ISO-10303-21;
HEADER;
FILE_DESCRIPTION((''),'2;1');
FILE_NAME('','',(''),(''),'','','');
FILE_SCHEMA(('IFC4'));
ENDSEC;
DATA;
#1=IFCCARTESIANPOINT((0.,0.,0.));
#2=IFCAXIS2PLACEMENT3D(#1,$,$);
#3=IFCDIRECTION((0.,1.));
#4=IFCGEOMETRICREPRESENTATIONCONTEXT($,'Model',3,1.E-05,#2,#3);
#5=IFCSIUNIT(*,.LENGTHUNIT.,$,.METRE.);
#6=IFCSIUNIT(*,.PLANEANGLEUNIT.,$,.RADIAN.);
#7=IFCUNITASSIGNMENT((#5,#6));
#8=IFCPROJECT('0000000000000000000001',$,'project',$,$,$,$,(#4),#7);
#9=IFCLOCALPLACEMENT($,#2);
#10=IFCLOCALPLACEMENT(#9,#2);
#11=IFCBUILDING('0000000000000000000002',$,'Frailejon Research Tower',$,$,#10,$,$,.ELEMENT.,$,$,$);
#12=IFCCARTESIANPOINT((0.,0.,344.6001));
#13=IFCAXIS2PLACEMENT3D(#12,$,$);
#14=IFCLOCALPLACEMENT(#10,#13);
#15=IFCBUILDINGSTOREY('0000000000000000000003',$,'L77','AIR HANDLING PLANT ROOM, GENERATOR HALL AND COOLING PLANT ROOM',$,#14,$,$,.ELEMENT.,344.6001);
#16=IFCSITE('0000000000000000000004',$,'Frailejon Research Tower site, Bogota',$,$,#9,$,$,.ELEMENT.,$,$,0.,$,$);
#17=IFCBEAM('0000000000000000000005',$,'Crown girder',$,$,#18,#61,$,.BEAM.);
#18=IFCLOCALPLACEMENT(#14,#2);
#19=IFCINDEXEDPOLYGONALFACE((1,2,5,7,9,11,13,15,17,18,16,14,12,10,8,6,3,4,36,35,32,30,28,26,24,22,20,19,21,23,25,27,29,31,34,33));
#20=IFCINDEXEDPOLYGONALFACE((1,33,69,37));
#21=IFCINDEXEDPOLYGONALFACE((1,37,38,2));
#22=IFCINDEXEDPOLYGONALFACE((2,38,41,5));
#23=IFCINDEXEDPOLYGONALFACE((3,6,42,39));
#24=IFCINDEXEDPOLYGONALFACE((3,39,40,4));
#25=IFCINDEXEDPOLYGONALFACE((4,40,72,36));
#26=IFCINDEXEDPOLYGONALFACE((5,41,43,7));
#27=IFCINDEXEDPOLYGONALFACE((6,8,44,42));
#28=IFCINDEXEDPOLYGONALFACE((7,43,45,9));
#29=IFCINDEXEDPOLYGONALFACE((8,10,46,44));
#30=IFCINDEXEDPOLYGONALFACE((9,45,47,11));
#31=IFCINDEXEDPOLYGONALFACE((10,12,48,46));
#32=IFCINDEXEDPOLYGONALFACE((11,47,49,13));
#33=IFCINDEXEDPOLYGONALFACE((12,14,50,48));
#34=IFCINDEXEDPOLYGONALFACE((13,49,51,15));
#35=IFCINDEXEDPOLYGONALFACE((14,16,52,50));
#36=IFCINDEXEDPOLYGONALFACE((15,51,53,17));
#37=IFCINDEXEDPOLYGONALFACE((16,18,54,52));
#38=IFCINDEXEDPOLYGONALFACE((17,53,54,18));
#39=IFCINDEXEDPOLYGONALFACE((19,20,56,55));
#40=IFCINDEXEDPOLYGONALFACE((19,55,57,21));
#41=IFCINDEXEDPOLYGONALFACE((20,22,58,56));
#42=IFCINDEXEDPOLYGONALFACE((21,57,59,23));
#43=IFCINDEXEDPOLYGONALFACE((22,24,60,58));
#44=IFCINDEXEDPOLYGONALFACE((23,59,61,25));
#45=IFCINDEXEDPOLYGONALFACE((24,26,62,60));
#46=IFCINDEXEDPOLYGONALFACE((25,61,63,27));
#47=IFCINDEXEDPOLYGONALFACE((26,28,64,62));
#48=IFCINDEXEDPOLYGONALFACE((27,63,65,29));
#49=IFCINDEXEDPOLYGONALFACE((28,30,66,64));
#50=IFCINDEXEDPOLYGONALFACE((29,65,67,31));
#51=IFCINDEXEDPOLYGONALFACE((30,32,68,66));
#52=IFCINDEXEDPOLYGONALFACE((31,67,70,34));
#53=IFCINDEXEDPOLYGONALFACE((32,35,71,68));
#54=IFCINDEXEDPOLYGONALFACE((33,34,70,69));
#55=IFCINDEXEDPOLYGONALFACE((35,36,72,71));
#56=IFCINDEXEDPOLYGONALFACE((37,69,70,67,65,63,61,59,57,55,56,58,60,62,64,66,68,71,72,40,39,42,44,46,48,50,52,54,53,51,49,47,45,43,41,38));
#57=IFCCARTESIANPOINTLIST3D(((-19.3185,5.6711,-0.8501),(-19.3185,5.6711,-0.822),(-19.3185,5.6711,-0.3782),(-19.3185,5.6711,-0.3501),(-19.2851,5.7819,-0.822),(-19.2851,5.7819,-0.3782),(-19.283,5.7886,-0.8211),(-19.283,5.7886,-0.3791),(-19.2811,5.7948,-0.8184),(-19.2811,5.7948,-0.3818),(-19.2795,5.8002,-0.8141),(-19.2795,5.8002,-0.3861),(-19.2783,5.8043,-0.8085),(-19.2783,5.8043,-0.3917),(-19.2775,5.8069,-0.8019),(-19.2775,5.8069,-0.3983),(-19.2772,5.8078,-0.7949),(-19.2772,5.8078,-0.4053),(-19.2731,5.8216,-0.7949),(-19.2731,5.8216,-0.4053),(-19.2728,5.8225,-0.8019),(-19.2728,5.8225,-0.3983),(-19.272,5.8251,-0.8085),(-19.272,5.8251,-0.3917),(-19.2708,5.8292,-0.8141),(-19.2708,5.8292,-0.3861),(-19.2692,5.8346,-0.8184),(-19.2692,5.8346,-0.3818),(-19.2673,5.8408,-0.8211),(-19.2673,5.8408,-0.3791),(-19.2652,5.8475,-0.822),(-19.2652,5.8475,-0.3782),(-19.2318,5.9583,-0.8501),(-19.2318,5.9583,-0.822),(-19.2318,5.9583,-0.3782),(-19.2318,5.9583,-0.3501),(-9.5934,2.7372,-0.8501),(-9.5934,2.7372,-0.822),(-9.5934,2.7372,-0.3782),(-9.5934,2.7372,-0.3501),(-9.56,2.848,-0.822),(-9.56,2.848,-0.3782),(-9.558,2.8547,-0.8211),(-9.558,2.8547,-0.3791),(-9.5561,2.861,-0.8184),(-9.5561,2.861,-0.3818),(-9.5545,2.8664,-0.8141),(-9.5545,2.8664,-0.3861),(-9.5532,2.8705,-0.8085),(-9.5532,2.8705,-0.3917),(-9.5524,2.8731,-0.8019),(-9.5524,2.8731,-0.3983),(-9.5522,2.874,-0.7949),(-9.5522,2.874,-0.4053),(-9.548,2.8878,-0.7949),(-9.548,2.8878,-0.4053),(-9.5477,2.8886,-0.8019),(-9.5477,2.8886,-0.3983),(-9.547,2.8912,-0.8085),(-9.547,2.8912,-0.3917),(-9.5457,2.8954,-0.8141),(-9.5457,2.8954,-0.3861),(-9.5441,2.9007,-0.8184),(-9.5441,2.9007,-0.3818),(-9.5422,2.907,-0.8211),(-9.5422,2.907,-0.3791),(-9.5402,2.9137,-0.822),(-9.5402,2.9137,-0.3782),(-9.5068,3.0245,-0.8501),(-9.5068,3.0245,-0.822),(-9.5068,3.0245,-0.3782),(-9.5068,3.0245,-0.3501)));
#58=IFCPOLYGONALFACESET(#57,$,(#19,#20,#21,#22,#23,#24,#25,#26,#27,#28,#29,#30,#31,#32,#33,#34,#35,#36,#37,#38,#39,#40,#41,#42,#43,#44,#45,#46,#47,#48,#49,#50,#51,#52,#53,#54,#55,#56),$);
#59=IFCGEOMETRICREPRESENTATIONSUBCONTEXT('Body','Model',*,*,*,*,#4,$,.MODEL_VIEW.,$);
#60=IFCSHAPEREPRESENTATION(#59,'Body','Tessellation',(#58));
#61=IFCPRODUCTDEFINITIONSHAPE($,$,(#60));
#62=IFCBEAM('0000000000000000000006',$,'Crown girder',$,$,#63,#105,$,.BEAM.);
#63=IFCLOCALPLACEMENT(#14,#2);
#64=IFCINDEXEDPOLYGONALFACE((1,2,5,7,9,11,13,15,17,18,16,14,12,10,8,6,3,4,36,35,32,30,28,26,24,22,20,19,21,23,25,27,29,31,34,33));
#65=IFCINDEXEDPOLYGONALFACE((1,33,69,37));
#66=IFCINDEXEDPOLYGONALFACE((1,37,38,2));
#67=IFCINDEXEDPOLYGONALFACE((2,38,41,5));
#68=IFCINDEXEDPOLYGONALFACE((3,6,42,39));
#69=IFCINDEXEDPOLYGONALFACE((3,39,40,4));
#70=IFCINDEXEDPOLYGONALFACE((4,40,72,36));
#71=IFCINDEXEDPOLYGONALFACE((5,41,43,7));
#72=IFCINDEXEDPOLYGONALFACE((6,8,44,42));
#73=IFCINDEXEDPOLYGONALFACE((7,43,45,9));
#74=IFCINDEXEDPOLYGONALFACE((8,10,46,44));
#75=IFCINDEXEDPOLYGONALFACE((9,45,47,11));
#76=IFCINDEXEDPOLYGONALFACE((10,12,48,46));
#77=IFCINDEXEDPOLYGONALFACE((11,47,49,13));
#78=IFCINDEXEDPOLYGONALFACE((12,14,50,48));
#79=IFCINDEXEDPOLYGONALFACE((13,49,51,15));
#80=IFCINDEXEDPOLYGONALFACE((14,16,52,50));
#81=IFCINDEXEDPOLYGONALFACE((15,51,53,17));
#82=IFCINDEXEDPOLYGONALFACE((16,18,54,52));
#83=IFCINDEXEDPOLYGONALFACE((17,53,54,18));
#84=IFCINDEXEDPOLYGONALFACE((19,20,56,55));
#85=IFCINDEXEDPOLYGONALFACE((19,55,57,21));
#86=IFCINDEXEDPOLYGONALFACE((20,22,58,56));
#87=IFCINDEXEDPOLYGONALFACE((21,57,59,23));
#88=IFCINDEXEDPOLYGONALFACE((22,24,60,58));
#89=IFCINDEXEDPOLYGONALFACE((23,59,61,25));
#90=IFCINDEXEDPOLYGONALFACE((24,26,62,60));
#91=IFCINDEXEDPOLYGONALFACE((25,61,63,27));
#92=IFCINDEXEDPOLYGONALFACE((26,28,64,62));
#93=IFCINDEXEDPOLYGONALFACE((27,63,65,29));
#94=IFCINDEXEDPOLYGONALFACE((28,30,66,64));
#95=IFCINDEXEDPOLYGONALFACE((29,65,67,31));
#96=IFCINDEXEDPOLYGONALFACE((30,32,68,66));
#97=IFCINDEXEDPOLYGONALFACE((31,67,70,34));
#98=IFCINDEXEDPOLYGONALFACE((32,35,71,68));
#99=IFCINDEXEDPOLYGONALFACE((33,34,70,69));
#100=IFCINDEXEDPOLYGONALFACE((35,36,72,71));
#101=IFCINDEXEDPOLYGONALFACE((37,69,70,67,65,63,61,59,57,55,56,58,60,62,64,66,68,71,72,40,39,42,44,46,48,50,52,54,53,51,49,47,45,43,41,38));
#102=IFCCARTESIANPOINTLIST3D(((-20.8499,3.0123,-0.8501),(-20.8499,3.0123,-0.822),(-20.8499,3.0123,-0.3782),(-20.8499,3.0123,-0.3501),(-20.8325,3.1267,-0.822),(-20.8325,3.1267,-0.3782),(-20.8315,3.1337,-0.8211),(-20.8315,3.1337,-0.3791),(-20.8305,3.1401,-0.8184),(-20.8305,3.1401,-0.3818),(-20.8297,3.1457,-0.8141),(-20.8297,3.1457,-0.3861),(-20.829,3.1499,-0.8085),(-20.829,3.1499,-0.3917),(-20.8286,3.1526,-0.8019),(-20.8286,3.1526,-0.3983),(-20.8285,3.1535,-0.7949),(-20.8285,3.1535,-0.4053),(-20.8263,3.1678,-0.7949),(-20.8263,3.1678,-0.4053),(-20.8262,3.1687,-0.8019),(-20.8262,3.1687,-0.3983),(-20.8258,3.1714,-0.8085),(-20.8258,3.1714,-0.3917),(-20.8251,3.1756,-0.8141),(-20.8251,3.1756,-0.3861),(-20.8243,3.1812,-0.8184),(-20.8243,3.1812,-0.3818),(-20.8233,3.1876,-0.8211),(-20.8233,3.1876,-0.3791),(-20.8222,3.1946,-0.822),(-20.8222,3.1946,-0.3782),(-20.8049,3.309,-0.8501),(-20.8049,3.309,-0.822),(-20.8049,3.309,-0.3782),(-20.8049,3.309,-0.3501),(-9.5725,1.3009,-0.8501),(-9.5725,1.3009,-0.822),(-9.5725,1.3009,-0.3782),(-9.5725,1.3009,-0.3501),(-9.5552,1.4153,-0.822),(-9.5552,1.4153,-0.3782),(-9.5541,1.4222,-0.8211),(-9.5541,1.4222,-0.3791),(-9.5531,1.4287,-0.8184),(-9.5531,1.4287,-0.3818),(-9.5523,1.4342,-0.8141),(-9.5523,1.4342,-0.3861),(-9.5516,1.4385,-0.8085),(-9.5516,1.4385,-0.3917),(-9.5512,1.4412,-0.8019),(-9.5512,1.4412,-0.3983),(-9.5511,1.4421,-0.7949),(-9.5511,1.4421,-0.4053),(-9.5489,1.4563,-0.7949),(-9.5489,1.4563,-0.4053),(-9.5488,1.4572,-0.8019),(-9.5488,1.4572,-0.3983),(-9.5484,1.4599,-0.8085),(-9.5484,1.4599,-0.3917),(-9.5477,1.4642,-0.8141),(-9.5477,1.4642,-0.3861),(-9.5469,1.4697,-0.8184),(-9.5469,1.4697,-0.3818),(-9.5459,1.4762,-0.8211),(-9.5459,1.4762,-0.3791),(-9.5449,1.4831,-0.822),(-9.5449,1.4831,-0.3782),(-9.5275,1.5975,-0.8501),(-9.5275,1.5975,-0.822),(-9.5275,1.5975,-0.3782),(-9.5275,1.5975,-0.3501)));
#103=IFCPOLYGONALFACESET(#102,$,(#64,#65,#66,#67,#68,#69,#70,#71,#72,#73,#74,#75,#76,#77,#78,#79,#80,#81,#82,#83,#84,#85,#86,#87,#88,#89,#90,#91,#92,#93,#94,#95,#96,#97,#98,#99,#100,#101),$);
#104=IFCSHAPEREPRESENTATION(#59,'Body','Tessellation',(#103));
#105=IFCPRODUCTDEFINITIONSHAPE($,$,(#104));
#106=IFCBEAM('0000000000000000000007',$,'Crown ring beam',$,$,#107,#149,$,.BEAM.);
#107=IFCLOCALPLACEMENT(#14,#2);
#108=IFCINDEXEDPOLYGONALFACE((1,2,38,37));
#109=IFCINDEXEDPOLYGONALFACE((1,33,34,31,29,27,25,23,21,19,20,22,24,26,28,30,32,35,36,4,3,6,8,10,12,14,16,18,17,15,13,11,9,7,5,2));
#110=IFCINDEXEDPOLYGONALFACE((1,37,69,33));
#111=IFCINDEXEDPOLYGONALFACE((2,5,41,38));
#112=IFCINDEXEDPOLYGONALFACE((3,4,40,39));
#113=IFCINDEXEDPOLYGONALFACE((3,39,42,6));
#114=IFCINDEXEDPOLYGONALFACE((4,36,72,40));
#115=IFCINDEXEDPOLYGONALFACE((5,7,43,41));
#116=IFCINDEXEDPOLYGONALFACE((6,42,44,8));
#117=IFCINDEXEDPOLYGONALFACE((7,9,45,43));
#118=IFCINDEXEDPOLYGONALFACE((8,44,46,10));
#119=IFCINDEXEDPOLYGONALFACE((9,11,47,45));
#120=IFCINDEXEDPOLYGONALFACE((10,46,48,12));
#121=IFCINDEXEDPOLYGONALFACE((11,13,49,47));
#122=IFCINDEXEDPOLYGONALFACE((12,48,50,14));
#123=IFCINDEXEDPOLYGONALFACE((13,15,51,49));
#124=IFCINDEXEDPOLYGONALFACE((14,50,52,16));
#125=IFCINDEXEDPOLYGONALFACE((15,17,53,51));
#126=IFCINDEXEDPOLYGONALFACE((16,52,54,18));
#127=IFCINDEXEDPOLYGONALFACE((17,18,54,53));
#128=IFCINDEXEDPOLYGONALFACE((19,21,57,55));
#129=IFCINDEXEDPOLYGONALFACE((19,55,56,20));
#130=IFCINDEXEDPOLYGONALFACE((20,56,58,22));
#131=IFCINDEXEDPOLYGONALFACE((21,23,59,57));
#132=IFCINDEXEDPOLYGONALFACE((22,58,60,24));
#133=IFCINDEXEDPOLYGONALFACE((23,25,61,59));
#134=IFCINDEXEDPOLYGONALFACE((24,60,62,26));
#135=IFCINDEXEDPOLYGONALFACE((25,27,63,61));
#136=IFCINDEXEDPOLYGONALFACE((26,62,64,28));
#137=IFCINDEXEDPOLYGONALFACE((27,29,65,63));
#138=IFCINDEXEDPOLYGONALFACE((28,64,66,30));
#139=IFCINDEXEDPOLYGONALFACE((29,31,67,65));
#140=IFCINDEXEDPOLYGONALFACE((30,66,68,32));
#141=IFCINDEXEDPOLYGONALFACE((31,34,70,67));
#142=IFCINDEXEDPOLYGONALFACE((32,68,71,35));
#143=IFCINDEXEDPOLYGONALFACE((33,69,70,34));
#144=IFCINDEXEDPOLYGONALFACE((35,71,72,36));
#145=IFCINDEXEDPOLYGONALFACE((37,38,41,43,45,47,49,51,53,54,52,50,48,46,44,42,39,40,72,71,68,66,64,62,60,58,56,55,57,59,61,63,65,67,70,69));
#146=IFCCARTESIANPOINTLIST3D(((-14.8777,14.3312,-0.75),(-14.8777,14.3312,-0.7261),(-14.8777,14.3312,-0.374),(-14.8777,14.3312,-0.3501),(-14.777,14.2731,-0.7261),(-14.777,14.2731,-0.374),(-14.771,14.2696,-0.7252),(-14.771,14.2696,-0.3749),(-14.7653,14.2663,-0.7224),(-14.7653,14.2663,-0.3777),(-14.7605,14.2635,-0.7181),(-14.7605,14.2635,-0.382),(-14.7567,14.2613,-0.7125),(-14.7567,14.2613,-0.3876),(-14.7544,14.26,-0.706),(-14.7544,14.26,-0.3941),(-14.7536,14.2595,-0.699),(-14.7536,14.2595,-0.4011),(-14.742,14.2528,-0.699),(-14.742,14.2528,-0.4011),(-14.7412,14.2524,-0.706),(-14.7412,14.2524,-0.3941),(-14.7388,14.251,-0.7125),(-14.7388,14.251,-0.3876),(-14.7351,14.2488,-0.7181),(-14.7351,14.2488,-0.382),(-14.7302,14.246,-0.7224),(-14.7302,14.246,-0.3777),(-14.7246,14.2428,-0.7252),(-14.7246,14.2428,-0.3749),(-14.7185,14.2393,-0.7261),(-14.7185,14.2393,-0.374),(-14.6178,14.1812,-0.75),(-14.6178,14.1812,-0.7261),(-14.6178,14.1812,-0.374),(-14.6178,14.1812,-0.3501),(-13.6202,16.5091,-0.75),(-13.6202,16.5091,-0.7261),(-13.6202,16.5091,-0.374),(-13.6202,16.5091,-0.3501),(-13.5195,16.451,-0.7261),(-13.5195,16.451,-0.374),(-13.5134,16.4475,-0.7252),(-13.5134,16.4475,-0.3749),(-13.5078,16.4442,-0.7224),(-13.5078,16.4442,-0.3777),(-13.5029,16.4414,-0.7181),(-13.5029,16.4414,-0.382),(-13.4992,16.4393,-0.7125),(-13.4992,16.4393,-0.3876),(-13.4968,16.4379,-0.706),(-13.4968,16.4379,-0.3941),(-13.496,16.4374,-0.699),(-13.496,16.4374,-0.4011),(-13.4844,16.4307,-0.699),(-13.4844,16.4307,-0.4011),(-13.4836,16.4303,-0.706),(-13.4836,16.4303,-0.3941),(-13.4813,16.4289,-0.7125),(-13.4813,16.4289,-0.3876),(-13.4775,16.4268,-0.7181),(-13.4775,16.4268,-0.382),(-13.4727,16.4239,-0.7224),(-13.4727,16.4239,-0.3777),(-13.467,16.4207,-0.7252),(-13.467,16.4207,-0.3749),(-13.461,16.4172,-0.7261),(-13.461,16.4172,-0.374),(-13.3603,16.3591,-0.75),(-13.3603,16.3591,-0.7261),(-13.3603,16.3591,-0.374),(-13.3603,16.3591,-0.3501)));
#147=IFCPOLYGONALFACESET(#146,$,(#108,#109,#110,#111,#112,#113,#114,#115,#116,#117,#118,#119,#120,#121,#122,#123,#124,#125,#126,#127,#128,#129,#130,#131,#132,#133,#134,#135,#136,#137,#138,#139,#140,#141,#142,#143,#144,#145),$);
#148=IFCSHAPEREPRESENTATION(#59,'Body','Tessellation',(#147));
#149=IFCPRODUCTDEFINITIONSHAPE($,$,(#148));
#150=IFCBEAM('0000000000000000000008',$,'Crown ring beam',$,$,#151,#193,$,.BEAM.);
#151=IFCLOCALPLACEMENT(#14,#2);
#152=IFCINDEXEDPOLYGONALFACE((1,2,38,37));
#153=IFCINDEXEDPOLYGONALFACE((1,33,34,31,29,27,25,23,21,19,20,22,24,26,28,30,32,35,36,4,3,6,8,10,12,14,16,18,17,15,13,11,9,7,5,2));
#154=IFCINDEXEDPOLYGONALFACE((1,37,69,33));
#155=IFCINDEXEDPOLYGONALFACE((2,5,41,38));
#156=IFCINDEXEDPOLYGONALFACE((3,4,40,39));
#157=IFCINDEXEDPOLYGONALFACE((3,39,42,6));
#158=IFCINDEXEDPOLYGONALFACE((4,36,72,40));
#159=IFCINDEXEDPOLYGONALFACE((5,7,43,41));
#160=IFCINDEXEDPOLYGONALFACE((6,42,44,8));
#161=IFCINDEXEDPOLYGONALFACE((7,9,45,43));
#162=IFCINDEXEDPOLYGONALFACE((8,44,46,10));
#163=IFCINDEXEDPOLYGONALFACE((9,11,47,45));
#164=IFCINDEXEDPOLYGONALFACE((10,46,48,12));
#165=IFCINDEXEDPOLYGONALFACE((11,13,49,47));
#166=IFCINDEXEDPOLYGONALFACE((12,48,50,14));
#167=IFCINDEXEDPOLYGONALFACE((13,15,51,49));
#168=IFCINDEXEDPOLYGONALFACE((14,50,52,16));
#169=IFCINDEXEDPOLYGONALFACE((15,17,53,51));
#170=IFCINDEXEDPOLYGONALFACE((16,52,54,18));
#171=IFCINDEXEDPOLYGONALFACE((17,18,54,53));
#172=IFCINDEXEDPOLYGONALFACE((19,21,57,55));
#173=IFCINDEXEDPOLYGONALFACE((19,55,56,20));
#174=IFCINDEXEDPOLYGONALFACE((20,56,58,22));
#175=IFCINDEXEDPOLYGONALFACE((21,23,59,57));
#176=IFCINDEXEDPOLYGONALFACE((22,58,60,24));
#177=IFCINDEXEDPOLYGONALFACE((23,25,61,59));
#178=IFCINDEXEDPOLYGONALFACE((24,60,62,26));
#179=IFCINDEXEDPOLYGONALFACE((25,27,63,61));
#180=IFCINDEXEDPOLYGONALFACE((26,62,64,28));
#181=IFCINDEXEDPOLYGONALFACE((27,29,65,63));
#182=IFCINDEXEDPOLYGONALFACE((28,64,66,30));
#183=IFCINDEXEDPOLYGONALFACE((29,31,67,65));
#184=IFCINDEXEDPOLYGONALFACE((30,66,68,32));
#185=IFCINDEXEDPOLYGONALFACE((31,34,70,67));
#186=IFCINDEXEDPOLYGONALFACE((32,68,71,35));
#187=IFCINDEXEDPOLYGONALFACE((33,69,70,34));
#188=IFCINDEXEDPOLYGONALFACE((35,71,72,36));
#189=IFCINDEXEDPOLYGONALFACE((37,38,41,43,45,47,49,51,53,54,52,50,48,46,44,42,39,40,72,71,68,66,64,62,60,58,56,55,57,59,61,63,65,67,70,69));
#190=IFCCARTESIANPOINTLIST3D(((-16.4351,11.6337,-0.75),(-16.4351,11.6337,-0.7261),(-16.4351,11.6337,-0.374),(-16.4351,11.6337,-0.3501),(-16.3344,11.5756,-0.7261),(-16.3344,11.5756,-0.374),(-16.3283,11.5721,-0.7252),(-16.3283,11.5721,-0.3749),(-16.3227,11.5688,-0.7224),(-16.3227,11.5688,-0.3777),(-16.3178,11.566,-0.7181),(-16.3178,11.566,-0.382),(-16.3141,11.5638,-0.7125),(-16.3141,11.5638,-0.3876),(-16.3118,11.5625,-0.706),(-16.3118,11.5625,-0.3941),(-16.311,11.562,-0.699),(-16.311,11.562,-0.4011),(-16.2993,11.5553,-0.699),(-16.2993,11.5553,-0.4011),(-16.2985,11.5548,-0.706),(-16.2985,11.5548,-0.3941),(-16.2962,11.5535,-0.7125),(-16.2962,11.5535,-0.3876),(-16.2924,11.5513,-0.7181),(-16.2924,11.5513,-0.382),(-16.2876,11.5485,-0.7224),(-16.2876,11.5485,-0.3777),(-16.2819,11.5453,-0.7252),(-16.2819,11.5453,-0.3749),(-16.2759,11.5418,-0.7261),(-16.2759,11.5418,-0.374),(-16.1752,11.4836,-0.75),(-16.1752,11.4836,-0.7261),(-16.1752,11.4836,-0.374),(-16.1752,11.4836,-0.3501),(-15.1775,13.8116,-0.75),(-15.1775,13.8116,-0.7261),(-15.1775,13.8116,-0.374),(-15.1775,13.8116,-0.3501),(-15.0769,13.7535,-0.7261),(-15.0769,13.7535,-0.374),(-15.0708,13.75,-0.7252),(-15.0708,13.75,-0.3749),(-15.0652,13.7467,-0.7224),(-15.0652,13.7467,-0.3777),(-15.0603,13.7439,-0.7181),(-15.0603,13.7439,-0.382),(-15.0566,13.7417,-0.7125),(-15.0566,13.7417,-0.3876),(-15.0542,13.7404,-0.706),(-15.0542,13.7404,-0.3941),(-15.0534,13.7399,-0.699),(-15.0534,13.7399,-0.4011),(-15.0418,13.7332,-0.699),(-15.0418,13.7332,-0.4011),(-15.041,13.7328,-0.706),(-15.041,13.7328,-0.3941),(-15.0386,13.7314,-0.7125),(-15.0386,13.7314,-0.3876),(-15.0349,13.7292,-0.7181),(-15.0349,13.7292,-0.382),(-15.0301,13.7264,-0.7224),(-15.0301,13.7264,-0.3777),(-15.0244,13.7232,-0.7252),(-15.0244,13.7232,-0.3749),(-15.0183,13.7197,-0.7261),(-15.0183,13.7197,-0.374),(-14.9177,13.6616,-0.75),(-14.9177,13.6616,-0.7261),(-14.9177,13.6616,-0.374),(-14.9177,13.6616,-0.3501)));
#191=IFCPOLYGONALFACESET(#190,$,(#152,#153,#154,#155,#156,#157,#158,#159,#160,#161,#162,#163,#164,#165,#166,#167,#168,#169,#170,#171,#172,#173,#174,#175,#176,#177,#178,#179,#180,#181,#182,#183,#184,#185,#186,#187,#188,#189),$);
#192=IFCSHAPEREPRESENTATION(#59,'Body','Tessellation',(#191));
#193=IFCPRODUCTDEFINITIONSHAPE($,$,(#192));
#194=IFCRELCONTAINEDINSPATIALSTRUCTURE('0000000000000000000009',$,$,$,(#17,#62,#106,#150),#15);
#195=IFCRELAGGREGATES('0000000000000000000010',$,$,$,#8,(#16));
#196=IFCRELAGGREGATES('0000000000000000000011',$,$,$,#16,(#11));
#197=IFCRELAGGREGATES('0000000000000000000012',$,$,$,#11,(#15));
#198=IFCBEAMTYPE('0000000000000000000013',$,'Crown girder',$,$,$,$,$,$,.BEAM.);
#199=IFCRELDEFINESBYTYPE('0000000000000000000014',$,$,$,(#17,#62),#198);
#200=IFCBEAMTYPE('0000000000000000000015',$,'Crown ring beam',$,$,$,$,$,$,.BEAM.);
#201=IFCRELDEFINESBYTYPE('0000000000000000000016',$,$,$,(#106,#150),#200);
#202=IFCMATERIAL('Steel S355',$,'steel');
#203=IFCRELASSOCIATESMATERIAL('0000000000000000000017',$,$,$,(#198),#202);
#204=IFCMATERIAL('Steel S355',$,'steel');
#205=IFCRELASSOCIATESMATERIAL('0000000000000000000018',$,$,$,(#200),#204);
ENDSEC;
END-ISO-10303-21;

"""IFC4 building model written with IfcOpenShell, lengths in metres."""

from ifc_helpers import new_model, si_unit, direction, frame, origin, origin_2d, place, context, subcontext, project, spatial, i_section, extrude, material, material_profile, profile_set, type_object, element, save


model = new_model("IFC4")

# Units and contexts
model_context = context("Model", 3, precision=1e-05, world=origin(), true_north=direction((0.0, 1.0)))
body_context = subcontext(model_context, "Body", "Model", "MODEL_VIEW")
ifc_project = project(units=[si_unit("LENGTHUNIT", "METRE"), si_unit("PLANEANGLEUNIT", "RADIAN")], contexts=[model_context])

# Site, building, storey
site_placement = place(None, origin())
site = spatial("IfcSite", under=ifc_project, at=site_placement, Name="Frailejon Research Tower site, Bogota", CompositionType="ELEMENT", RefElevation=0.0)
building_placement = place(site_placement, origin())
building = spatial("IfcBuilding", under=site, at=building_placement, Name="Frailejon Research Tower", CompositionType="ELEMENT")
storey_placement = place(building_placement, frame((0.0, 0.0, 344.6001)))
storey = spatial("IfcBuildingStorey", under=building, at=storey_placement, Name="L77", Description="AIR HANDLING PLANT ROOM, GENERATOR HALL AND COOLING PLANT ROOM", CompositionType="ELEMENT", Elevation=344.6001)

# Beams
ifc_material_1 = material(Name="Steel S355", Category="steel")
ifc_material_profile_1 = material_profile(ifc_material_1, i_section(OverallWidth=0.3, OverallDepth=0.5, WebThickness=0.0144, FlangeThickness=0.0281, FilletRadius=0.0271, at=origin_2d()), Name="HE 500 B")
ifc_profile_set_1 = profile_set([ifc_material_profile_1], Name="Steel S355")
beam_type_1 = type_object("IfcBeamType", Name="Crown girder", PredefinedType="BEAM", material=ifc_profile_set_1)
beam_1_placement = place(storey_placement, frame((-19.2751, 5.8147, -0.6001), z_axis=(0.957383, -0.28882, 0.0), x_axis=(0.28882, 0.957383, 0.0)))
element("IfcBeam", 1, at=beam_1_placement, inside=storey, type_object=beam_type_1, Name="Crown girder", PredefinedType="BEAM", context=body_context, shape_type="SweptSolid", body=[
    extrude(i_section(OverallWidth=0.3, OverallDepth=0.5, WebThickness=0.0144, FlangeThickness=0.0281, FilletRadius=0.0271, at=origin_2d()), origin(), (0.0, 0.0, 1.0), 10.158),
])
beam_2_placement = place(storey_placement, frame((-20.8274, 3.1606, -0.6001), z_axis=(0.98868, -0.15004, 0.0), x_axis=(0.15004, 0.98868, 0.0)))
element("IfcBeam", 2, at=beam_2_placement, inside=storey, type_object=beam_type_1, Name="Crown girder", PredefinedType="BEAM", context=body_context, shape_type="SweptSolid", body=[
    extrude(i_section(OverallWidth=0.3, OverallDepth=0.5, WebThickness=0.0144, FlangeThickness=0.0281, FilletRadius=0.0271, at=origin_2d()), origin(), (0.0, 0.0, 1.0), 11.4065),
])
ifc_material_2 = material(Name="Steel S355", Category="steel")
ifc_material_profile_2 = material_profile(ifc_material_2, i_section(OverallWidth=0.3, OverallDepth=0.3999, WebThickness=0.0134, FlangeThickness=0.0239, FilletRadius=0.0271, at=origin_2d()), Name="HE 400 B")
ifc_profile_set_2 = profile_set([ifc_material_profile_2], Name="Steel S355")
beam_type_2 = type_object("IfcBeamType", Name="Crown ring beam", PredefinedType="BEAM", material=ifc_profile_set_2)
for number, where, z_axis, x_axis, name in (
    (3, (-13.4902, 16.4341, -0.55), (-0.500033, -0.866006, 0.0), (0.866006, -0.500033, 0.0), "Crown ring beam"),
    (4, (-15.0476, 13.7366, -0.55), (-0.500033, -0.866006, 0.0), (0.866006, -0.500033, 0.0), "Crown ring beam"),
):
    element("IfcBeam", number, at=place(storey_placement, frame(where, z_axis=z_axis, x_axis=x_axis)), inside=storey, type_object=beam_type_2, Name=name, PredefinedType="BEAM", context=body_context, shape_type="SweptSolid", body=[
        extrude(i_section(OverallWidth=0.3, OverallDepth=0.3999, WebThickness=0.0134, FlangeThickness=0.0239, FilletRadius=0.0271, at=origin_2d()), origin(), (0.0, 0.0, 1.0), 2.5149),
    ])

save(model, "model.ifc")
